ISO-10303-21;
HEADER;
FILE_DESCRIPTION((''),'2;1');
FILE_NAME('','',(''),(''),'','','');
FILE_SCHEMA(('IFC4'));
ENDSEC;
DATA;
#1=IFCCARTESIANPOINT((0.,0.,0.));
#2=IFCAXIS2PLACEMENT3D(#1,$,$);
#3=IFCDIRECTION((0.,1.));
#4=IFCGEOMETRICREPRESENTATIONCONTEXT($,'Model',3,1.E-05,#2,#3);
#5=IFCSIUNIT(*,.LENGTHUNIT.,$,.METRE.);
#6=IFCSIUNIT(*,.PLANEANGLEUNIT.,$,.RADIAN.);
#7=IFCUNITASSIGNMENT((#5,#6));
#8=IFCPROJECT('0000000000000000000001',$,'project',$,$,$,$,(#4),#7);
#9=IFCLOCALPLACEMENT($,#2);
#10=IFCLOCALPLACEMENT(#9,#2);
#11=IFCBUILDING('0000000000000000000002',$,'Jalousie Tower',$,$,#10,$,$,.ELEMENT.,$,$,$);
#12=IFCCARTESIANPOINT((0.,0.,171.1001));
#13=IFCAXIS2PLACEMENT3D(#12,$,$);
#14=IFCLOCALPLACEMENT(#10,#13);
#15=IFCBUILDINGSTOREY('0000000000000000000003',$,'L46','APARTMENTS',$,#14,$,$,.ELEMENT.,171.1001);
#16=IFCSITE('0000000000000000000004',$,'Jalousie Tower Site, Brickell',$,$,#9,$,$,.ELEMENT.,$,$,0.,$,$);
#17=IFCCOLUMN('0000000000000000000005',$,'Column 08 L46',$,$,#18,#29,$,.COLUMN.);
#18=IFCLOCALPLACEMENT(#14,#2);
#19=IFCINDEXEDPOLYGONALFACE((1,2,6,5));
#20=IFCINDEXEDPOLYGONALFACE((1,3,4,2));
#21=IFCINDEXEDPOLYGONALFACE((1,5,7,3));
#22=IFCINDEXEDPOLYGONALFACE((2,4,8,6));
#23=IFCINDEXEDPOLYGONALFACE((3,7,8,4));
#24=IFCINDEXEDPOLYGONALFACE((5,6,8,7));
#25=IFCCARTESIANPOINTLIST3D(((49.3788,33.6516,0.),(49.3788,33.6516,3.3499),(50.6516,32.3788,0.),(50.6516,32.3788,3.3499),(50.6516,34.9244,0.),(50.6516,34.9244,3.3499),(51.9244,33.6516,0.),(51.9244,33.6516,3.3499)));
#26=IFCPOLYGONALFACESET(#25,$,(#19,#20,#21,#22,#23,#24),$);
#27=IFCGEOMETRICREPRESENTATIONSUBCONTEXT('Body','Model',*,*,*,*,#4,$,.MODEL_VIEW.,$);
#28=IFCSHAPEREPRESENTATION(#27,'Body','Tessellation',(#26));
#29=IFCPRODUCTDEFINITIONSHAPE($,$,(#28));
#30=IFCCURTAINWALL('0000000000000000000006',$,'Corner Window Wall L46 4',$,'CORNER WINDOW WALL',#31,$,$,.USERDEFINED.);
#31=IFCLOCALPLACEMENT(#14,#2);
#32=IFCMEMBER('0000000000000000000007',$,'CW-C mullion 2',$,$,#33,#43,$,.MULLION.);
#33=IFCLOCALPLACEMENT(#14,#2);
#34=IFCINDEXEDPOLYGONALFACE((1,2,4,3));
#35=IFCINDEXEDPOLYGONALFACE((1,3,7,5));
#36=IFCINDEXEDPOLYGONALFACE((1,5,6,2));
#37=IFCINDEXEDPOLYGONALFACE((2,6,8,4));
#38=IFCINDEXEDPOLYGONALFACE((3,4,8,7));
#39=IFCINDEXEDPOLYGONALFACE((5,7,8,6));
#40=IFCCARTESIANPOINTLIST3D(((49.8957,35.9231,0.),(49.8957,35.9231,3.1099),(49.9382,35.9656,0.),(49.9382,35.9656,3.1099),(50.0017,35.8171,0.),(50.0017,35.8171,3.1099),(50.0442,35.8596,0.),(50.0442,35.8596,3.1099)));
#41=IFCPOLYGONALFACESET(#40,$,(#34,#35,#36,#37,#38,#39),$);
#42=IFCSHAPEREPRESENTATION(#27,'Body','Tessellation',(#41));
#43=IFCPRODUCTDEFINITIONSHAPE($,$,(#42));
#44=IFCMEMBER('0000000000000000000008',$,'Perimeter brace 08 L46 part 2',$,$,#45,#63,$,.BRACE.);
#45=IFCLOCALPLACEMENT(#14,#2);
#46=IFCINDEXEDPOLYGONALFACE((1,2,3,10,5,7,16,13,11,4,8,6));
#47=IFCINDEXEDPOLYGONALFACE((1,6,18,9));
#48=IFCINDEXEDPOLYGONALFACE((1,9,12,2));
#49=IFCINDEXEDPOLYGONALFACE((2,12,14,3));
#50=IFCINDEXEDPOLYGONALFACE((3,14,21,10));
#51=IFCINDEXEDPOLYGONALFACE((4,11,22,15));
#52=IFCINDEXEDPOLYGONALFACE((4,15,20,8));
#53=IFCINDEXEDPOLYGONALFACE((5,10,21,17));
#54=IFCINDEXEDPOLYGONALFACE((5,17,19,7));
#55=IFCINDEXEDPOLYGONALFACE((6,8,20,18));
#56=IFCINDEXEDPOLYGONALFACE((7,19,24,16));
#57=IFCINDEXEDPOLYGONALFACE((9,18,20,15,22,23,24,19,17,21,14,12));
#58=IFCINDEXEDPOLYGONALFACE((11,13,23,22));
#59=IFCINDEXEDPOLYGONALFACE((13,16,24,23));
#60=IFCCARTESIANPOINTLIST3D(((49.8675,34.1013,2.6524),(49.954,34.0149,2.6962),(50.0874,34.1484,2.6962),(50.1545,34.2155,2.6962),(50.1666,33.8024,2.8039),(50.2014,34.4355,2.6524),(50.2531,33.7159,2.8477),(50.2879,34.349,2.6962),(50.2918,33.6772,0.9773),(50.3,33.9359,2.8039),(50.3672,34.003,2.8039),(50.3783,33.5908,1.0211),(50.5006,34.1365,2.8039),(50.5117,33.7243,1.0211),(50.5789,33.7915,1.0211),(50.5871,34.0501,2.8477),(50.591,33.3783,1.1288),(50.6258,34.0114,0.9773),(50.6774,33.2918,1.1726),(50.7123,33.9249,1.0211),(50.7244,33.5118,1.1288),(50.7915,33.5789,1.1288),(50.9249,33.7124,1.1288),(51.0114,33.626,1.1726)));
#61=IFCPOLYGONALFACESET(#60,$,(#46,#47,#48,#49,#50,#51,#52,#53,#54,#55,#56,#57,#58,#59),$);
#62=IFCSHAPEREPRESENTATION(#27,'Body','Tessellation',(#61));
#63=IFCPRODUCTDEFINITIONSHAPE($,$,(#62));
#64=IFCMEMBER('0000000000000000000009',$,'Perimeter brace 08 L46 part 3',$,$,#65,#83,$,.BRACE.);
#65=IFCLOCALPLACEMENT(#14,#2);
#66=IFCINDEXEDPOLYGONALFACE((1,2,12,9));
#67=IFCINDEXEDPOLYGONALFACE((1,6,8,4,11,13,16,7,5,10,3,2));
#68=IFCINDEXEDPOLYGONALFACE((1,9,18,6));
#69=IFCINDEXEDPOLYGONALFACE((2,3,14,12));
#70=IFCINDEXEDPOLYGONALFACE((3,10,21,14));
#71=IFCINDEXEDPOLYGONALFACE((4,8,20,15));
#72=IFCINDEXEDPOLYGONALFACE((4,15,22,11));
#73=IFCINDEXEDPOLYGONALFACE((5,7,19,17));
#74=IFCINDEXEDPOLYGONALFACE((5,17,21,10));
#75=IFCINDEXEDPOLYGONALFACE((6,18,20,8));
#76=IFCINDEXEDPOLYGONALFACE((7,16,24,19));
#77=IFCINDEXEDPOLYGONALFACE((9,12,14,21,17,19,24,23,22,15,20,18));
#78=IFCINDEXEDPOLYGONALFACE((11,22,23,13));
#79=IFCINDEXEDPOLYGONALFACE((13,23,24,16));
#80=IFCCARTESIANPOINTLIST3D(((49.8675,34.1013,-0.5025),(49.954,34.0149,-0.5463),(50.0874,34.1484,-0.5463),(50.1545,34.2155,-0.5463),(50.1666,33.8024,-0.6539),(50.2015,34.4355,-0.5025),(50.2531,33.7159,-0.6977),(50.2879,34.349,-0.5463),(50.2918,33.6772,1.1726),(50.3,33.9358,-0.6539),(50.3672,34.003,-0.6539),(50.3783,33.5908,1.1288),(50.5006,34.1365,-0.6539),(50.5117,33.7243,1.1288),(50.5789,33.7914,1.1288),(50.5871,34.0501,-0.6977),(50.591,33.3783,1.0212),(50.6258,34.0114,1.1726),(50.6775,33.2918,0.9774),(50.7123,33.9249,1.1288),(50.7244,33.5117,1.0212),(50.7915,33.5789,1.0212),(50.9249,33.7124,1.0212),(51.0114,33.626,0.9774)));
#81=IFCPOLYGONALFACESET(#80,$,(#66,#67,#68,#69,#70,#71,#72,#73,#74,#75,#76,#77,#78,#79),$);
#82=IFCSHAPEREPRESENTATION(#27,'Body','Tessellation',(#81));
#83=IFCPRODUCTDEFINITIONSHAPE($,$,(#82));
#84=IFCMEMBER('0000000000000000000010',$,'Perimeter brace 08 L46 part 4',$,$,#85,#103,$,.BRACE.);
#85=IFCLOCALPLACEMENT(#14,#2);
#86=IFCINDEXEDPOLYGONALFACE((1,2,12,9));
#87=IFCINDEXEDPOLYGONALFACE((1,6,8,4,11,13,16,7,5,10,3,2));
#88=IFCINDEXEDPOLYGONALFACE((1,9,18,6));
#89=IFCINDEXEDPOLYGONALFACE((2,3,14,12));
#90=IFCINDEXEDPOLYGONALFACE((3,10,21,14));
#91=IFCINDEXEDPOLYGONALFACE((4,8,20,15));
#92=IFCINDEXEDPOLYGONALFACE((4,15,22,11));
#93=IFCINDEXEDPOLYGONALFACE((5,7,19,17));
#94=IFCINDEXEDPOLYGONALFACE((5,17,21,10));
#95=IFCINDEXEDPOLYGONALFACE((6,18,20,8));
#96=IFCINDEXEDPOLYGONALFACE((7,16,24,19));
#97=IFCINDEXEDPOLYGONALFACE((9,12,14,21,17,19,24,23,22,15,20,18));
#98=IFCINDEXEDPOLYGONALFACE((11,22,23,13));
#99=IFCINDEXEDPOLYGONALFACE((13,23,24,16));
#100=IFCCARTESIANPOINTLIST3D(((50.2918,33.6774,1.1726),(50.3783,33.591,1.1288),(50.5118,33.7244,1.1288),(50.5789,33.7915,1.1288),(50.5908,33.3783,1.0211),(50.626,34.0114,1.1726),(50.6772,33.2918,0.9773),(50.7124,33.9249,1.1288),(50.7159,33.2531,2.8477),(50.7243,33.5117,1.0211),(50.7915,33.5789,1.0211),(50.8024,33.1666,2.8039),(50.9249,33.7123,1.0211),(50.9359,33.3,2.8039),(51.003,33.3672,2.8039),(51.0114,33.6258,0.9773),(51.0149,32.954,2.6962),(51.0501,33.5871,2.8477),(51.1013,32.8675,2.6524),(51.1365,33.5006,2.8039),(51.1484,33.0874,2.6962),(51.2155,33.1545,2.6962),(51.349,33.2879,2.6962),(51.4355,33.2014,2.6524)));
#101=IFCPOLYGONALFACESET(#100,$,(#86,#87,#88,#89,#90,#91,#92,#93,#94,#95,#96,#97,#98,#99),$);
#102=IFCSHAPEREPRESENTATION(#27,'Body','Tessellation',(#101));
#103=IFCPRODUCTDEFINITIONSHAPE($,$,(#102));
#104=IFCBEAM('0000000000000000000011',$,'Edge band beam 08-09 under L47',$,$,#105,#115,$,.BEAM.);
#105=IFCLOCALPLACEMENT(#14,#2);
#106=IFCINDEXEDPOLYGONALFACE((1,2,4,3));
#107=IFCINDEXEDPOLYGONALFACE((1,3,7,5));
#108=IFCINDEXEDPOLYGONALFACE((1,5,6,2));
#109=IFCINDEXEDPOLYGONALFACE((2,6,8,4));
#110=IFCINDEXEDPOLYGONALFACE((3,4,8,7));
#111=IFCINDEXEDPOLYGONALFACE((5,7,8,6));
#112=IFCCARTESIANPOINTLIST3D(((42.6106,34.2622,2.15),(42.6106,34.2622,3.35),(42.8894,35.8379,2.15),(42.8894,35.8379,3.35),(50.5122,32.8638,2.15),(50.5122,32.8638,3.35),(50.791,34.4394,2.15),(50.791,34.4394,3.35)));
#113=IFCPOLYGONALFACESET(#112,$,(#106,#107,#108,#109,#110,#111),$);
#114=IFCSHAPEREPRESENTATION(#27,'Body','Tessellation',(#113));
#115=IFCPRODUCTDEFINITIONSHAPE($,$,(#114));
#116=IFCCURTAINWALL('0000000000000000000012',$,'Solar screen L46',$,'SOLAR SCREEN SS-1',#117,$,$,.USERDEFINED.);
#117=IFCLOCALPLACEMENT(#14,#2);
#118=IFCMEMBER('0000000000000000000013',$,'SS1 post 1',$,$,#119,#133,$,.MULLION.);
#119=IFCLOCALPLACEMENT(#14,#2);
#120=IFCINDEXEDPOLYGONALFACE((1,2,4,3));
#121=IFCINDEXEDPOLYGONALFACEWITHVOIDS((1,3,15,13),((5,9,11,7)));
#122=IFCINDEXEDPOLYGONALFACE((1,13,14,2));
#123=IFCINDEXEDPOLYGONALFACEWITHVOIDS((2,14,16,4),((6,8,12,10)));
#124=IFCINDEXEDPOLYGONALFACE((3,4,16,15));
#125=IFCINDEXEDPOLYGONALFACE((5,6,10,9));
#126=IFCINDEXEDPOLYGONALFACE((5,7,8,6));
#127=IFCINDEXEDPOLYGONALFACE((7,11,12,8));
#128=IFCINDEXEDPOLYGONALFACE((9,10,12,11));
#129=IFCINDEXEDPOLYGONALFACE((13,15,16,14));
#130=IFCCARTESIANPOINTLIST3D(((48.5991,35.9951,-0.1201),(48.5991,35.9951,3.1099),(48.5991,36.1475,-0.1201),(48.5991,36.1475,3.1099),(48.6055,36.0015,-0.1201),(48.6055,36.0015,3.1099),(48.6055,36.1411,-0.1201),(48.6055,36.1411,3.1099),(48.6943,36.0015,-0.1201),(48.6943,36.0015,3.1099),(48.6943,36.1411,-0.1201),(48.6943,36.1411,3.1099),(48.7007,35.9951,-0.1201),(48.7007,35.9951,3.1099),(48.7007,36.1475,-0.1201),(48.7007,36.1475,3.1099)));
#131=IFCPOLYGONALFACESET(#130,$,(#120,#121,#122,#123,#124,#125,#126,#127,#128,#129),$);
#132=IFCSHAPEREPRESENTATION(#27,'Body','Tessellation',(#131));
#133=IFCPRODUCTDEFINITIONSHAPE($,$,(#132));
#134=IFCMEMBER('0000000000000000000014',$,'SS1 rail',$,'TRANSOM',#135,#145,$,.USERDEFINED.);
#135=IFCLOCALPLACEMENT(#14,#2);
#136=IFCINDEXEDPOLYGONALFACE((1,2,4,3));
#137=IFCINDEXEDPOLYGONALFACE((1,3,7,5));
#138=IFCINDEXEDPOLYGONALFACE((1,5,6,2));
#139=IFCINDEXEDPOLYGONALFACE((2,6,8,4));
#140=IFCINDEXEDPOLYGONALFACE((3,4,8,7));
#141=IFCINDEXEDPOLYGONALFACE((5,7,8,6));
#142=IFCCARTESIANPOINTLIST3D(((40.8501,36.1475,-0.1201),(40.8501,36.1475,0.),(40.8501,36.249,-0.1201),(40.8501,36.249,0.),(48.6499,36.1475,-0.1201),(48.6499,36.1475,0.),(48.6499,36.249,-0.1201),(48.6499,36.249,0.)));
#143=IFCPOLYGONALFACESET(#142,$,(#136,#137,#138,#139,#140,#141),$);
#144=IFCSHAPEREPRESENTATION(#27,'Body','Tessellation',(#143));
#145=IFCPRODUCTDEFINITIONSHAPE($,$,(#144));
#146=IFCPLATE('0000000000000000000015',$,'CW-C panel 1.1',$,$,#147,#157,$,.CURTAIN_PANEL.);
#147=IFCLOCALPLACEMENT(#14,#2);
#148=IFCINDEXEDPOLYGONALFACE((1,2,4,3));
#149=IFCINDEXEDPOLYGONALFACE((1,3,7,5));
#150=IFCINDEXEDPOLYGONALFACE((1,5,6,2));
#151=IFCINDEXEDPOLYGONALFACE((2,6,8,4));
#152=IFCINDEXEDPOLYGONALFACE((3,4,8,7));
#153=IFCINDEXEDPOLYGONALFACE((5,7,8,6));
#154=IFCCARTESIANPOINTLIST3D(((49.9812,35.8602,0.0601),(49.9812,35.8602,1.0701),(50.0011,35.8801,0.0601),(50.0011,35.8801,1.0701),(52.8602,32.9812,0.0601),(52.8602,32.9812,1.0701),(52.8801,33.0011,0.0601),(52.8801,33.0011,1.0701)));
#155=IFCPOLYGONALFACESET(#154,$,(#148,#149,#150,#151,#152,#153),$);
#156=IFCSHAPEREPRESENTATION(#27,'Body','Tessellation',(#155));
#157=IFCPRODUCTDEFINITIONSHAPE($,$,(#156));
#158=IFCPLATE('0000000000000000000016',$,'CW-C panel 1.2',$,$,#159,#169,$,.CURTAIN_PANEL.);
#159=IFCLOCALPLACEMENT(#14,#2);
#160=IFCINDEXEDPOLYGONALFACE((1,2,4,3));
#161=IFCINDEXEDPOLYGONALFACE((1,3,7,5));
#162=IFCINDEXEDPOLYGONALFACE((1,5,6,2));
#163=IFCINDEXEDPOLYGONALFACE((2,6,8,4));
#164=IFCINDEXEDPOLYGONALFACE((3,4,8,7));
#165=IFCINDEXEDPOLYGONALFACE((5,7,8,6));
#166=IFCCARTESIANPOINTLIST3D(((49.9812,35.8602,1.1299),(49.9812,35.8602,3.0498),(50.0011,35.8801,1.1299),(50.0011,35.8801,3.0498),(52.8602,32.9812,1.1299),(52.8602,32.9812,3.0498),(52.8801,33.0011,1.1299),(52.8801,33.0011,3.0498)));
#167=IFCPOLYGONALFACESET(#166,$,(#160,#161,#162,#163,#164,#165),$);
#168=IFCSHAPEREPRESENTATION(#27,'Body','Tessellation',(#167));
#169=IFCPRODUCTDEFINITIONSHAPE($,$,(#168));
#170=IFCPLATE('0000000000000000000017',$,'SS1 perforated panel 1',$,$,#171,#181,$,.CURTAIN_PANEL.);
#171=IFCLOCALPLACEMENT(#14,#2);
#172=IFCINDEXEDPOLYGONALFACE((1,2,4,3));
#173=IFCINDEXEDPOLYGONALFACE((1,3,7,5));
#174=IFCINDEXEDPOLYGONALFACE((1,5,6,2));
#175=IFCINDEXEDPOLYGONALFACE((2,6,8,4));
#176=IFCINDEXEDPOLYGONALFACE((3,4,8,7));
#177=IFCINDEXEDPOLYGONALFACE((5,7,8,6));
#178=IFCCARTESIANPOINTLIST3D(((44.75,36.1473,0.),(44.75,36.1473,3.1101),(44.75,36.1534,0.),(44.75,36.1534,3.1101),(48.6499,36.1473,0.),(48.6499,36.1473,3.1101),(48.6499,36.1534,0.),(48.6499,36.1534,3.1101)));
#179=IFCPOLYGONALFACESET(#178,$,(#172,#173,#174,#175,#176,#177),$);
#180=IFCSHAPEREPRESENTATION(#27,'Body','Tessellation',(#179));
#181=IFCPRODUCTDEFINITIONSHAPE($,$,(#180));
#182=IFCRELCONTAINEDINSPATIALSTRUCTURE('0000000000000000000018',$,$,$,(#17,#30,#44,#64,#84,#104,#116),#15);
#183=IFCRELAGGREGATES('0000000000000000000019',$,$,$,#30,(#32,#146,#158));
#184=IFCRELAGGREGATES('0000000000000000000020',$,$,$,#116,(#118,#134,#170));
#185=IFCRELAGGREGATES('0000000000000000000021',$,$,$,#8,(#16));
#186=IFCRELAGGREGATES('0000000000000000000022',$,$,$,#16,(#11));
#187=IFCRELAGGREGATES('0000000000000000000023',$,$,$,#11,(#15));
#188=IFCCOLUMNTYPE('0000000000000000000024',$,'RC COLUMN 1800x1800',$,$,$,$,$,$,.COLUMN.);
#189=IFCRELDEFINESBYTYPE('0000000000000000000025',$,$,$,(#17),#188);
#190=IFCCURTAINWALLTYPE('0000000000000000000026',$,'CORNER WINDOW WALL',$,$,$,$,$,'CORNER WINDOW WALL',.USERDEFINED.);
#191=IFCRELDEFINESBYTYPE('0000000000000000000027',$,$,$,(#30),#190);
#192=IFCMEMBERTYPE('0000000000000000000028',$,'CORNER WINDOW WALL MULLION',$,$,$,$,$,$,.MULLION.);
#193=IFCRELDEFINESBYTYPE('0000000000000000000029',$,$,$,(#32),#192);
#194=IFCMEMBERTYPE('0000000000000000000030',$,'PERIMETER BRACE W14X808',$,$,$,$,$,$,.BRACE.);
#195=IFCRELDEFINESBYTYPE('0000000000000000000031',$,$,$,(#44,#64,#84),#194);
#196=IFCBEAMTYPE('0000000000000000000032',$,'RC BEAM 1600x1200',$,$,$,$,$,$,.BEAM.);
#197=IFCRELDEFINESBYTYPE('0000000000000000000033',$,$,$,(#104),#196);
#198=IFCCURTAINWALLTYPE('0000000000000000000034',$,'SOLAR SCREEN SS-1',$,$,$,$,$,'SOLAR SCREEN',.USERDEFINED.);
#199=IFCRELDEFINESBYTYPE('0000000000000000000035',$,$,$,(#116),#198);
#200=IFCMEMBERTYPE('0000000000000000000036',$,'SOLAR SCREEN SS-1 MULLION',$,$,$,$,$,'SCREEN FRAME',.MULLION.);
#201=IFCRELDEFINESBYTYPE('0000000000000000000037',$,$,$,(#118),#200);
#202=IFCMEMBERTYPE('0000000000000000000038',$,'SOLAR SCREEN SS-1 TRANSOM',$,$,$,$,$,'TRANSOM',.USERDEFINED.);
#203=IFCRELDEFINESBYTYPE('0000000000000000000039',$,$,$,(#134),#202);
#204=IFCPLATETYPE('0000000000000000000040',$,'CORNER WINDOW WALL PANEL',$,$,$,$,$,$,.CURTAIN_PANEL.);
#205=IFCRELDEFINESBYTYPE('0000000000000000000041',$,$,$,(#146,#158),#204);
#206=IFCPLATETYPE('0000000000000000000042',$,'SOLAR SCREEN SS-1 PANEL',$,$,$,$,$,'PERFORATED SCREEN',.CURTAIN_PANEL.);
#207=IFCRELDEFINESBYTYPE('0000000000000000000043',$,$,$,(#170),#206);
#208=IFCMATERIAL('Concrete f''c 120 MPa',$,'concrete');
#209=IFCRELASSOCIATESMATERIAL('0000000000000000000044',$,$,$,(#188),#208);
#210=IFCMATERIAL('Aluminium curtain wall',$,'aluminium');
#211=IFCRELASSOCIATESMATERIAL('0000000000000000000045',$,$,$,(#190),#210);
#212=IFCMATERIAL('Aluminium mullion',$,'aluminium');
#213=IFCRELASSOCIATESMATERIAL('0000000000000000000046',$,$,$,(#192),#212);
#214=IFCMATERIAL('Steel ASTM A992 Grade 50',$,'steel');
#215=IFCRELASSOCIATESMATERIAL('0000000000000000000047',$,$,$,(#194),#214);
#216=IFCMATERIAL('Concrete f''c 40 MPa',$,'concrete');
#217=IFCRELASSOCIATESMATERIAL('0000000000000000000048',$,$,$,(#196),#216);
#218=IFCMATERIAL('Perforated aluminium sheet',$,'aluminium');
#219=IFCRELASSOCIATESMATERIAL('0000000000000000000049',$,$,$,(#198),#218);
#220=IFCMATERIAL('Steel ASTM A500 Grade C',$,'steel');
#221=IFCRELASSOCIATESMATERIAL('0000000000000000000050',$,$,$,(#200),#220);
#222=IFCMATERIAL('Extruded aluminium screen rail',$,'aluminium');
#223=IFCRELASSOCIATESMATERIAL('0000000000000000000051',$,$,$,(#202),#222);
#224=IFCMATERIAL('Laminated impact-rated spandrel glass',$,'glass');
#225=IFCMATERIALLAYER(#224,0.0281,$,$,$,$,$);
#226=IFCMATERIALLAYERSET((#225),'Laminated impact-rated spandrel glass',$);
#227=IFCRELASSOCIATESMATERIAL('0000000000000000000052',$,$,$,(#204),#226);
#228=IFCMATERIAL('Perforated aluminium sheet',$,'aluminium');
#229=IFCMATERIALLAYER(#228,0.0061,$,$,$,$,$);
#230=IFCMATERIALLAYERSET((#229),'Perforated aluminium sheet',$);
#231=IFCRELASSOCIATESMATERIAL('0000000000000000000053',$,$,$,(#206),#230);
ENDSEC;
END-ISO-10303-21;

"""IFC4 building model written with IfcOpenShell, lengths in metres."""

from ifc_helpers import new_model, si_unit, direction, frame, origin, origin_2d, place, context, subcontext, project, spatial, rectangle, hollow_rectangle, i_section, extrude, material, layer, layer_set, material_profile, profile_set, type_object, element, aggregate, save


model = new_model("IFC4")

# Units and contexts
model_context = context("Model", 3, precision=1e-05, world=origin(), true_north=direction((0.0, 1.0)))
body_context = subcontext(model_context, "Body", "Model", "MODEL_VIEW")
ifc_project = project(units=[si_unit("LENGTHUNIT", "METRE"), si_unit("PLANEANGLEUNIT", "RADIAN")], contexts=[model_context])

# Site, building, storey
site_placement = place(None, origin())
site = spatial("IfcSite", under=ifc_project, at=site_placement, Name="Jalousie Tower Site, Brickell", CompositionType="ELEMENT", RefElevation=0.0)
building_placement = place(site_placement, origin())
building = spatial("IfcBuilding", under=site, at=building_placement, Name="Jalousie Tower", CompositionType="ELEMENT")
storey_placement = place(building_placement, frame((0.0, 0.0, 171.1001)))
storey = spatial("IfcBuildingStorey", under=building, at=storey_placement, Name="L46", Description="APARTMENTS", CompositionType="ELEMENT", Elevation=171.1001)

# Column
ifc_material_1 = material(Name="Concrete f'c 120 MPa", Category="concrete")
ifc_material_profile_1 = material_profile(ifc_material_1, rectangle(XDim=1.8, YDim=1.8, at=origin_2d()), Name="RC 1800x1800")
ifc_profile_set_1 = profile_set([ifc_material_profile_1], Name="Concrete f'c 120 MPa")
column_type = type_object("IfcColumnType", Name="RC COLUMN 1800x1800", PredefinedType="COLUMN", material=ifc_profile_set_1)
column_placement = place(storey_placement, frame((50.6516, 33.6516, 0.0), z_axis=(0.0, 0.0, 1.0), x_axis=(0.707107, 0.707107, 0.0)))
element("IfcColumn", 1, at=column_placement, inside=storey, type_object=column_type, Name="Column 08 L46", PredefinedType="COLUMN", context=body_context, shape_type="SweptSolid", body=[
    extrude(rectangle(XDim=1.8, YDim=1.8, at=origin_2d()), origin(), (0.0, 0.0, 1.0), 3.3499),
])

# Curtain wall, member
ifc_material_2 = material(Name="Aluminium curtain wall", Category="aluminium")
curtain_wall_type_1 = type_object("IfcCurtainWallType", Name="CORNER WINDOW WALL", ElementType="CORNER WINDOW WALL", PredefinedType="USERDEFINED", material=ifc_material_2)
curtain_wall_1_placement = place(storey_placement, origin())
curtain_wall_1 = element("IfcCurtainWall", 2, at=curtain_wall_1_placement, inside=storey, type_object=curtain_wall_type_1, Name="Corner Window Wall L46 4", ObjectType="CORNER WINDOW WALL", PredefinedType="USERDEFINED")
ifc_material_3 = material(Name="Aluminium mullion", Category="aluminium")
ifc_material_profile_2 = material_profile(ifc_material_3, rectangle(XDim=0.0601, YDim=0.1499, at=origin_2d()), Name="MULLION 60x150")
ifc_profile_set_2 = profile_set([ifc_material_profile_2], Name="Aluminium mullion")
member_type_1 = type_object("IfcMemberType", Name="CORNER WINDOW WALL MULLION", PredefinedType="MULLION", material=ifc_profile_set_2)
member_1_placement = place(storey_placement, frame((49.97, 35.8914, 0.0), z_axis=(0.0, 0.0, 1.0), x_axis=(-0.707107, -0.707107, 0.0)))
member_1 = element("IfcMember", 3, at=member_1_placement, type_object=member_type_1, Name="CW-C mullion 2", PredefinedType="MULLION", context=body_context, shape_type="SweptSolid", body=[
    extrude(rectangle(XDim=0.0601, YDim=0.1499, at=origin_2d()), origin(), (0.0, 0.0, 1.0), 3.1099),
])

# Members
ifc_material_4 = material(Name="Steel ASTM A992 Grade 50", Category="steel")
ifc_material_profile_3 = material_profile(ifc_material_4, i_section(OverallWidth=0.4724, OverallDepth=0.5791, WebThickness=0.095, FlangeThickness=0.1299, at=origin_2d()), Name="W14X808")
ifc_profile_set_3 = profile_set([ifc_material_profile_3], Name="Steel ASTM A992 Grade 50")
member_type_2 = type_object("IfcMemberType", Name="PERIMETER BRACE W14X808", PredefinedType="BRACE", material=ifc_profile_set_3)
for number, where, z_axis, x_axis, name in (
    (4, (50.6516, 33.6516, 1.075), (-0.238483, 0.238346, 0.941444), (-0.706903, -0.70731, 0.0), "Perimeter brace 08 L46 part 2"),
    (5, (50.2273, 34.0757, -0.6001), (0.238483, -0.238346, 0.941444), (0.706903, 0.70731, 0.0), "Perimeter brace 08 L46 part 3"),
    (6, (50.6516, 33.6516, 1.075), (0.238346, -0.238483, 0.941444), (0.70731, 0.706903, 0.0), "Perimeter brace 08 L46 part 4"),
):
    element("IfcMember", number, at=place(storey_placement, frame(where, z_axis=z_axis, x_axis=x_axis)), inside=storey, type_object=member_type_2, Name=name, PredefinedType="BRACE", context=body_context, shape_type="SweptSolid", body=[
        extrude(i_section(OverallWidth=0.4724, OverallDepth=0.5791, WebThickness=0.095, FlangeThickness=0.1299, at=origin_2d()), origin(), (0.0, 0.0, 1.0), 1.7793),
    ])

# Beam
ifc_material_5 = material(Name="Concrete f'c 40 MPa", Category="concrete")
ifc_material_profile_4 = material_profile(ifc_material_5, rectangle(XDim=1.6001, YDim=1.2, at=origin_2d()), Name="RC 1600x1200")
ifc_profile_set_4 = profile_set([ifc_material_profile_4], Name="Concrete f'c 40 MPa")
beam_type = type_object("IfcBeamType", Name="RC BEAM 1600x1200", PredefinedType="BEAM", material=ifc_profile_set_4)
beam_placement = place(storey_placement, frame((50.6516, 33.6516, 2.75), z_axis=(-0.984697, 0.174273, 0.0), x_axis=(-0.174273, -0.984697, 0.0)))
element("IfcBeam", 7, at=beam_placement, inside=storey, type_object=beam_type, Name="Edge band beam 08-09 under L47", PredefinedType="BEAM", context=body_context, shape_type="SweptSolid", body=[
    extrude(rectangle(XDim=1.6001, YDim=1.2, at=origin_2d()), origin(), (0.0, 0.0, 1.0), 8.0244),
])

# Curtain wall, members
ifc_material_6 = material(Name="Perforated aluminium sheet", Category="aluminium")
curtain_wall_type_2 = type_object("IfcCurtainWallType", Name="SOLAR SCREEN SS-1", ElementType="SOLAR SCREEN", PredefinedType="USERDEFINED", material=ifc_material_6)
curtain_wall_2_placement = place(storey_placement, origin())
curtain_wall_2 = element("IfcCurtainWall", 8, at=curtain_wall_2_placement, inside=storey, type_object=curtain_wall_type_2, Name="Solar screen L46", ObjectType="SOLAR SCREEN SS-1", PredefinedType="USERDEFINED")
ifc_material_7 = material(Name="Steel ASTM A500 Grade C", Category="steel")
ifc_material_profile_5 = material_profile(ifc_material_7, hollow_rectangle(XDim=0.1016, YDim=0.1523, WallThickness=0.0063, at=origin_2d()), Name="HSS6X4X1/4")
ifc_profile_set_5 = profile_set([ifc_material_profile_5], Name="Steel ASTM A500 Grade C")
member_type_3 = type_object("IfcMemberType", Name="SOLAR SCREEN SS-1 MULLION", ElementType="SCREEN FRAME", PredefinedType="MULLION", material=ifc_profile_set_5)
member_2_placement = place(storey_placement, frame((48.6499, 36.0713, -0.1201), z_axis=(0.0, 0.0, 1.0), x_axis=(-1.0, 0.0, 0.0)))
member_2 = element("IfcMember", 9, at=member_2_placement, type_object=member_type_3, Name="SS1 post 1", PredefinedType="MULLION", context=body_context, shape_type="SweptSolid", body=[
    extrude(hollow_rectangle(XDim=0.1016, YDim=0.1523, WallThickness=0.0063, at=origin_2d()), origin(), (0.0, 0.0, 1.0), 3.23),
])
ifc_material_8 = material(Name="Extruded aluminium screen rail", Category="aluminium")
ifc_material_profile_6 = material_profile(ifc_material_8, rectangle(XDim=0.1016, YDim=0.1201, at=origin_2d()), Name="RAIL 102x120")
ifc_profile_set_6 = profile_set([ifc_material_profile_6], Name="Extruded aluminium screen rail")
member_type_4 = type_object("IfcMemberType", Name="SOLAR SCREEN SS-1 TRANSOM", ElementType="TRANSOM", PredefinedType="USERDEFINED", material=ifc_profile_set_6)
member_3_placement = place(storey_placement, frame((48.6499, 36.1982, -0.0601), z_axis=(-1.0, 0.0, 0.0), x_axis=(0.0, -1.0, 0.0)))
member_3 = element("IfcMember", 10, at=member_3_placement, type_object=member_type_4, Name="SS1 rail", ObjectType="TRANSOM", PredefinedType="USERDEFINED", context=body_context, shape_type="SweptSolid", body=[
    extrude(rectangle(XDim=0.1016, YDim=0.1201, at=origin_2d()), origin(), (0.0, 0.0, 1.0), 7.7998),
])

# Plates
ifc_material_9 = material(Name="Laminated impact-rated spandrel glass", Category="glass")
ifc_layer_1 = layer(ifc_material_9, 0.0281)
ifc_layer_set_1 = layer_set([ifc_layer_1], Name="Laminated impact-rated spandrel glass")
plate_type_1 = type_object("IfcPlateType", Name="CORNER WINDOW WALL PANEL", PredefinedType="CURTAIN_PANEL", material=ifc_layer_set_1)
plate_1_placement = place(storey_placement, frame((51.4307, 34.4307, 0.0601), z_axis=(0.0, 0.0, 1.0), x_axis=(-0.707107, 0.707107, 0.0)))
plate_1 = element("IfcPlate", 11, at=plate_1_placement, type_object=plate_type_1, Name="CW-C panel 1.1", PredefinedType="CURTAIN_PANEL", context=body_context, shape_type="SweptSolid", body=[
    extrude(rectangle(XDim=4.0715, YDim=0.0281, at=origin_2d()), origin(), (0.0, 0.0, 1.0), 1.01),
])
plate_2_placement = place(storey_placement, frame((51.4307, 34.4307, 1.1299), z_axis=(0.0, 0.0, 1.0), x_axis=(-0.707107, 0.707107, 0.0)))
plate_2 = element("IfcPlate", 12, at=plate_2_placement, type_object=plate_type_1, Name="CW-C panel 1.2", PredefinedType="CURTAIN_PANEL", context=body_context, shape_type="SweptSolid", body=[
    extrude(rectangle(XDim=4.0715, YDim=0.0281, at=origin_2d()), origin(), (0.0, 0.0, 1.0), 1.9199),
])
aggregate(curtain_wall_1, [member_1, plate_1, plate_2])
ifc_material_10 = material(Name="Perforated aluminium sheet", Category="aluminium")
ifc_layer_2 = layer(ifc_material_10, 0.0061)
ifc_layer_set_2 = layer_set([ifc_layer_2], Name="Perforated aluminium sheet")
plate_type_2 = type_object("IfcPlateType", Name="SOLAR SCREEN SS-1 PANEL", ElementType="PERFORATED SCREEN", PredefinedType="CURTAIN_PANEL", material=ifc_layer_set_2)
plate_3_placement = place(storey_placement, frame((46.7, 36.1504, 0.0), z_axis=(0.0, 0.0, 1.0), x_axis=(-1.0, 0.0, 0.0)))
plate_3 = element("IfcPlate", 13, at=plate_3_placement, type_object=plate_type_2, Name="SS1 perforated panel 1", PredefinedType="CURTAIN_PANEL", context=body_context, shape_type="SweptSolid", body=[
    extrude(rectangle(XDim=3.8999, YDim=0.0061, at=origin_2d()), origin(), (0.0, 0.0, 1.0), 3.1101),
])
aggregate(curtain_wall_2, [member_2, member_3, plate_3])

save(model, "model.ifc")
